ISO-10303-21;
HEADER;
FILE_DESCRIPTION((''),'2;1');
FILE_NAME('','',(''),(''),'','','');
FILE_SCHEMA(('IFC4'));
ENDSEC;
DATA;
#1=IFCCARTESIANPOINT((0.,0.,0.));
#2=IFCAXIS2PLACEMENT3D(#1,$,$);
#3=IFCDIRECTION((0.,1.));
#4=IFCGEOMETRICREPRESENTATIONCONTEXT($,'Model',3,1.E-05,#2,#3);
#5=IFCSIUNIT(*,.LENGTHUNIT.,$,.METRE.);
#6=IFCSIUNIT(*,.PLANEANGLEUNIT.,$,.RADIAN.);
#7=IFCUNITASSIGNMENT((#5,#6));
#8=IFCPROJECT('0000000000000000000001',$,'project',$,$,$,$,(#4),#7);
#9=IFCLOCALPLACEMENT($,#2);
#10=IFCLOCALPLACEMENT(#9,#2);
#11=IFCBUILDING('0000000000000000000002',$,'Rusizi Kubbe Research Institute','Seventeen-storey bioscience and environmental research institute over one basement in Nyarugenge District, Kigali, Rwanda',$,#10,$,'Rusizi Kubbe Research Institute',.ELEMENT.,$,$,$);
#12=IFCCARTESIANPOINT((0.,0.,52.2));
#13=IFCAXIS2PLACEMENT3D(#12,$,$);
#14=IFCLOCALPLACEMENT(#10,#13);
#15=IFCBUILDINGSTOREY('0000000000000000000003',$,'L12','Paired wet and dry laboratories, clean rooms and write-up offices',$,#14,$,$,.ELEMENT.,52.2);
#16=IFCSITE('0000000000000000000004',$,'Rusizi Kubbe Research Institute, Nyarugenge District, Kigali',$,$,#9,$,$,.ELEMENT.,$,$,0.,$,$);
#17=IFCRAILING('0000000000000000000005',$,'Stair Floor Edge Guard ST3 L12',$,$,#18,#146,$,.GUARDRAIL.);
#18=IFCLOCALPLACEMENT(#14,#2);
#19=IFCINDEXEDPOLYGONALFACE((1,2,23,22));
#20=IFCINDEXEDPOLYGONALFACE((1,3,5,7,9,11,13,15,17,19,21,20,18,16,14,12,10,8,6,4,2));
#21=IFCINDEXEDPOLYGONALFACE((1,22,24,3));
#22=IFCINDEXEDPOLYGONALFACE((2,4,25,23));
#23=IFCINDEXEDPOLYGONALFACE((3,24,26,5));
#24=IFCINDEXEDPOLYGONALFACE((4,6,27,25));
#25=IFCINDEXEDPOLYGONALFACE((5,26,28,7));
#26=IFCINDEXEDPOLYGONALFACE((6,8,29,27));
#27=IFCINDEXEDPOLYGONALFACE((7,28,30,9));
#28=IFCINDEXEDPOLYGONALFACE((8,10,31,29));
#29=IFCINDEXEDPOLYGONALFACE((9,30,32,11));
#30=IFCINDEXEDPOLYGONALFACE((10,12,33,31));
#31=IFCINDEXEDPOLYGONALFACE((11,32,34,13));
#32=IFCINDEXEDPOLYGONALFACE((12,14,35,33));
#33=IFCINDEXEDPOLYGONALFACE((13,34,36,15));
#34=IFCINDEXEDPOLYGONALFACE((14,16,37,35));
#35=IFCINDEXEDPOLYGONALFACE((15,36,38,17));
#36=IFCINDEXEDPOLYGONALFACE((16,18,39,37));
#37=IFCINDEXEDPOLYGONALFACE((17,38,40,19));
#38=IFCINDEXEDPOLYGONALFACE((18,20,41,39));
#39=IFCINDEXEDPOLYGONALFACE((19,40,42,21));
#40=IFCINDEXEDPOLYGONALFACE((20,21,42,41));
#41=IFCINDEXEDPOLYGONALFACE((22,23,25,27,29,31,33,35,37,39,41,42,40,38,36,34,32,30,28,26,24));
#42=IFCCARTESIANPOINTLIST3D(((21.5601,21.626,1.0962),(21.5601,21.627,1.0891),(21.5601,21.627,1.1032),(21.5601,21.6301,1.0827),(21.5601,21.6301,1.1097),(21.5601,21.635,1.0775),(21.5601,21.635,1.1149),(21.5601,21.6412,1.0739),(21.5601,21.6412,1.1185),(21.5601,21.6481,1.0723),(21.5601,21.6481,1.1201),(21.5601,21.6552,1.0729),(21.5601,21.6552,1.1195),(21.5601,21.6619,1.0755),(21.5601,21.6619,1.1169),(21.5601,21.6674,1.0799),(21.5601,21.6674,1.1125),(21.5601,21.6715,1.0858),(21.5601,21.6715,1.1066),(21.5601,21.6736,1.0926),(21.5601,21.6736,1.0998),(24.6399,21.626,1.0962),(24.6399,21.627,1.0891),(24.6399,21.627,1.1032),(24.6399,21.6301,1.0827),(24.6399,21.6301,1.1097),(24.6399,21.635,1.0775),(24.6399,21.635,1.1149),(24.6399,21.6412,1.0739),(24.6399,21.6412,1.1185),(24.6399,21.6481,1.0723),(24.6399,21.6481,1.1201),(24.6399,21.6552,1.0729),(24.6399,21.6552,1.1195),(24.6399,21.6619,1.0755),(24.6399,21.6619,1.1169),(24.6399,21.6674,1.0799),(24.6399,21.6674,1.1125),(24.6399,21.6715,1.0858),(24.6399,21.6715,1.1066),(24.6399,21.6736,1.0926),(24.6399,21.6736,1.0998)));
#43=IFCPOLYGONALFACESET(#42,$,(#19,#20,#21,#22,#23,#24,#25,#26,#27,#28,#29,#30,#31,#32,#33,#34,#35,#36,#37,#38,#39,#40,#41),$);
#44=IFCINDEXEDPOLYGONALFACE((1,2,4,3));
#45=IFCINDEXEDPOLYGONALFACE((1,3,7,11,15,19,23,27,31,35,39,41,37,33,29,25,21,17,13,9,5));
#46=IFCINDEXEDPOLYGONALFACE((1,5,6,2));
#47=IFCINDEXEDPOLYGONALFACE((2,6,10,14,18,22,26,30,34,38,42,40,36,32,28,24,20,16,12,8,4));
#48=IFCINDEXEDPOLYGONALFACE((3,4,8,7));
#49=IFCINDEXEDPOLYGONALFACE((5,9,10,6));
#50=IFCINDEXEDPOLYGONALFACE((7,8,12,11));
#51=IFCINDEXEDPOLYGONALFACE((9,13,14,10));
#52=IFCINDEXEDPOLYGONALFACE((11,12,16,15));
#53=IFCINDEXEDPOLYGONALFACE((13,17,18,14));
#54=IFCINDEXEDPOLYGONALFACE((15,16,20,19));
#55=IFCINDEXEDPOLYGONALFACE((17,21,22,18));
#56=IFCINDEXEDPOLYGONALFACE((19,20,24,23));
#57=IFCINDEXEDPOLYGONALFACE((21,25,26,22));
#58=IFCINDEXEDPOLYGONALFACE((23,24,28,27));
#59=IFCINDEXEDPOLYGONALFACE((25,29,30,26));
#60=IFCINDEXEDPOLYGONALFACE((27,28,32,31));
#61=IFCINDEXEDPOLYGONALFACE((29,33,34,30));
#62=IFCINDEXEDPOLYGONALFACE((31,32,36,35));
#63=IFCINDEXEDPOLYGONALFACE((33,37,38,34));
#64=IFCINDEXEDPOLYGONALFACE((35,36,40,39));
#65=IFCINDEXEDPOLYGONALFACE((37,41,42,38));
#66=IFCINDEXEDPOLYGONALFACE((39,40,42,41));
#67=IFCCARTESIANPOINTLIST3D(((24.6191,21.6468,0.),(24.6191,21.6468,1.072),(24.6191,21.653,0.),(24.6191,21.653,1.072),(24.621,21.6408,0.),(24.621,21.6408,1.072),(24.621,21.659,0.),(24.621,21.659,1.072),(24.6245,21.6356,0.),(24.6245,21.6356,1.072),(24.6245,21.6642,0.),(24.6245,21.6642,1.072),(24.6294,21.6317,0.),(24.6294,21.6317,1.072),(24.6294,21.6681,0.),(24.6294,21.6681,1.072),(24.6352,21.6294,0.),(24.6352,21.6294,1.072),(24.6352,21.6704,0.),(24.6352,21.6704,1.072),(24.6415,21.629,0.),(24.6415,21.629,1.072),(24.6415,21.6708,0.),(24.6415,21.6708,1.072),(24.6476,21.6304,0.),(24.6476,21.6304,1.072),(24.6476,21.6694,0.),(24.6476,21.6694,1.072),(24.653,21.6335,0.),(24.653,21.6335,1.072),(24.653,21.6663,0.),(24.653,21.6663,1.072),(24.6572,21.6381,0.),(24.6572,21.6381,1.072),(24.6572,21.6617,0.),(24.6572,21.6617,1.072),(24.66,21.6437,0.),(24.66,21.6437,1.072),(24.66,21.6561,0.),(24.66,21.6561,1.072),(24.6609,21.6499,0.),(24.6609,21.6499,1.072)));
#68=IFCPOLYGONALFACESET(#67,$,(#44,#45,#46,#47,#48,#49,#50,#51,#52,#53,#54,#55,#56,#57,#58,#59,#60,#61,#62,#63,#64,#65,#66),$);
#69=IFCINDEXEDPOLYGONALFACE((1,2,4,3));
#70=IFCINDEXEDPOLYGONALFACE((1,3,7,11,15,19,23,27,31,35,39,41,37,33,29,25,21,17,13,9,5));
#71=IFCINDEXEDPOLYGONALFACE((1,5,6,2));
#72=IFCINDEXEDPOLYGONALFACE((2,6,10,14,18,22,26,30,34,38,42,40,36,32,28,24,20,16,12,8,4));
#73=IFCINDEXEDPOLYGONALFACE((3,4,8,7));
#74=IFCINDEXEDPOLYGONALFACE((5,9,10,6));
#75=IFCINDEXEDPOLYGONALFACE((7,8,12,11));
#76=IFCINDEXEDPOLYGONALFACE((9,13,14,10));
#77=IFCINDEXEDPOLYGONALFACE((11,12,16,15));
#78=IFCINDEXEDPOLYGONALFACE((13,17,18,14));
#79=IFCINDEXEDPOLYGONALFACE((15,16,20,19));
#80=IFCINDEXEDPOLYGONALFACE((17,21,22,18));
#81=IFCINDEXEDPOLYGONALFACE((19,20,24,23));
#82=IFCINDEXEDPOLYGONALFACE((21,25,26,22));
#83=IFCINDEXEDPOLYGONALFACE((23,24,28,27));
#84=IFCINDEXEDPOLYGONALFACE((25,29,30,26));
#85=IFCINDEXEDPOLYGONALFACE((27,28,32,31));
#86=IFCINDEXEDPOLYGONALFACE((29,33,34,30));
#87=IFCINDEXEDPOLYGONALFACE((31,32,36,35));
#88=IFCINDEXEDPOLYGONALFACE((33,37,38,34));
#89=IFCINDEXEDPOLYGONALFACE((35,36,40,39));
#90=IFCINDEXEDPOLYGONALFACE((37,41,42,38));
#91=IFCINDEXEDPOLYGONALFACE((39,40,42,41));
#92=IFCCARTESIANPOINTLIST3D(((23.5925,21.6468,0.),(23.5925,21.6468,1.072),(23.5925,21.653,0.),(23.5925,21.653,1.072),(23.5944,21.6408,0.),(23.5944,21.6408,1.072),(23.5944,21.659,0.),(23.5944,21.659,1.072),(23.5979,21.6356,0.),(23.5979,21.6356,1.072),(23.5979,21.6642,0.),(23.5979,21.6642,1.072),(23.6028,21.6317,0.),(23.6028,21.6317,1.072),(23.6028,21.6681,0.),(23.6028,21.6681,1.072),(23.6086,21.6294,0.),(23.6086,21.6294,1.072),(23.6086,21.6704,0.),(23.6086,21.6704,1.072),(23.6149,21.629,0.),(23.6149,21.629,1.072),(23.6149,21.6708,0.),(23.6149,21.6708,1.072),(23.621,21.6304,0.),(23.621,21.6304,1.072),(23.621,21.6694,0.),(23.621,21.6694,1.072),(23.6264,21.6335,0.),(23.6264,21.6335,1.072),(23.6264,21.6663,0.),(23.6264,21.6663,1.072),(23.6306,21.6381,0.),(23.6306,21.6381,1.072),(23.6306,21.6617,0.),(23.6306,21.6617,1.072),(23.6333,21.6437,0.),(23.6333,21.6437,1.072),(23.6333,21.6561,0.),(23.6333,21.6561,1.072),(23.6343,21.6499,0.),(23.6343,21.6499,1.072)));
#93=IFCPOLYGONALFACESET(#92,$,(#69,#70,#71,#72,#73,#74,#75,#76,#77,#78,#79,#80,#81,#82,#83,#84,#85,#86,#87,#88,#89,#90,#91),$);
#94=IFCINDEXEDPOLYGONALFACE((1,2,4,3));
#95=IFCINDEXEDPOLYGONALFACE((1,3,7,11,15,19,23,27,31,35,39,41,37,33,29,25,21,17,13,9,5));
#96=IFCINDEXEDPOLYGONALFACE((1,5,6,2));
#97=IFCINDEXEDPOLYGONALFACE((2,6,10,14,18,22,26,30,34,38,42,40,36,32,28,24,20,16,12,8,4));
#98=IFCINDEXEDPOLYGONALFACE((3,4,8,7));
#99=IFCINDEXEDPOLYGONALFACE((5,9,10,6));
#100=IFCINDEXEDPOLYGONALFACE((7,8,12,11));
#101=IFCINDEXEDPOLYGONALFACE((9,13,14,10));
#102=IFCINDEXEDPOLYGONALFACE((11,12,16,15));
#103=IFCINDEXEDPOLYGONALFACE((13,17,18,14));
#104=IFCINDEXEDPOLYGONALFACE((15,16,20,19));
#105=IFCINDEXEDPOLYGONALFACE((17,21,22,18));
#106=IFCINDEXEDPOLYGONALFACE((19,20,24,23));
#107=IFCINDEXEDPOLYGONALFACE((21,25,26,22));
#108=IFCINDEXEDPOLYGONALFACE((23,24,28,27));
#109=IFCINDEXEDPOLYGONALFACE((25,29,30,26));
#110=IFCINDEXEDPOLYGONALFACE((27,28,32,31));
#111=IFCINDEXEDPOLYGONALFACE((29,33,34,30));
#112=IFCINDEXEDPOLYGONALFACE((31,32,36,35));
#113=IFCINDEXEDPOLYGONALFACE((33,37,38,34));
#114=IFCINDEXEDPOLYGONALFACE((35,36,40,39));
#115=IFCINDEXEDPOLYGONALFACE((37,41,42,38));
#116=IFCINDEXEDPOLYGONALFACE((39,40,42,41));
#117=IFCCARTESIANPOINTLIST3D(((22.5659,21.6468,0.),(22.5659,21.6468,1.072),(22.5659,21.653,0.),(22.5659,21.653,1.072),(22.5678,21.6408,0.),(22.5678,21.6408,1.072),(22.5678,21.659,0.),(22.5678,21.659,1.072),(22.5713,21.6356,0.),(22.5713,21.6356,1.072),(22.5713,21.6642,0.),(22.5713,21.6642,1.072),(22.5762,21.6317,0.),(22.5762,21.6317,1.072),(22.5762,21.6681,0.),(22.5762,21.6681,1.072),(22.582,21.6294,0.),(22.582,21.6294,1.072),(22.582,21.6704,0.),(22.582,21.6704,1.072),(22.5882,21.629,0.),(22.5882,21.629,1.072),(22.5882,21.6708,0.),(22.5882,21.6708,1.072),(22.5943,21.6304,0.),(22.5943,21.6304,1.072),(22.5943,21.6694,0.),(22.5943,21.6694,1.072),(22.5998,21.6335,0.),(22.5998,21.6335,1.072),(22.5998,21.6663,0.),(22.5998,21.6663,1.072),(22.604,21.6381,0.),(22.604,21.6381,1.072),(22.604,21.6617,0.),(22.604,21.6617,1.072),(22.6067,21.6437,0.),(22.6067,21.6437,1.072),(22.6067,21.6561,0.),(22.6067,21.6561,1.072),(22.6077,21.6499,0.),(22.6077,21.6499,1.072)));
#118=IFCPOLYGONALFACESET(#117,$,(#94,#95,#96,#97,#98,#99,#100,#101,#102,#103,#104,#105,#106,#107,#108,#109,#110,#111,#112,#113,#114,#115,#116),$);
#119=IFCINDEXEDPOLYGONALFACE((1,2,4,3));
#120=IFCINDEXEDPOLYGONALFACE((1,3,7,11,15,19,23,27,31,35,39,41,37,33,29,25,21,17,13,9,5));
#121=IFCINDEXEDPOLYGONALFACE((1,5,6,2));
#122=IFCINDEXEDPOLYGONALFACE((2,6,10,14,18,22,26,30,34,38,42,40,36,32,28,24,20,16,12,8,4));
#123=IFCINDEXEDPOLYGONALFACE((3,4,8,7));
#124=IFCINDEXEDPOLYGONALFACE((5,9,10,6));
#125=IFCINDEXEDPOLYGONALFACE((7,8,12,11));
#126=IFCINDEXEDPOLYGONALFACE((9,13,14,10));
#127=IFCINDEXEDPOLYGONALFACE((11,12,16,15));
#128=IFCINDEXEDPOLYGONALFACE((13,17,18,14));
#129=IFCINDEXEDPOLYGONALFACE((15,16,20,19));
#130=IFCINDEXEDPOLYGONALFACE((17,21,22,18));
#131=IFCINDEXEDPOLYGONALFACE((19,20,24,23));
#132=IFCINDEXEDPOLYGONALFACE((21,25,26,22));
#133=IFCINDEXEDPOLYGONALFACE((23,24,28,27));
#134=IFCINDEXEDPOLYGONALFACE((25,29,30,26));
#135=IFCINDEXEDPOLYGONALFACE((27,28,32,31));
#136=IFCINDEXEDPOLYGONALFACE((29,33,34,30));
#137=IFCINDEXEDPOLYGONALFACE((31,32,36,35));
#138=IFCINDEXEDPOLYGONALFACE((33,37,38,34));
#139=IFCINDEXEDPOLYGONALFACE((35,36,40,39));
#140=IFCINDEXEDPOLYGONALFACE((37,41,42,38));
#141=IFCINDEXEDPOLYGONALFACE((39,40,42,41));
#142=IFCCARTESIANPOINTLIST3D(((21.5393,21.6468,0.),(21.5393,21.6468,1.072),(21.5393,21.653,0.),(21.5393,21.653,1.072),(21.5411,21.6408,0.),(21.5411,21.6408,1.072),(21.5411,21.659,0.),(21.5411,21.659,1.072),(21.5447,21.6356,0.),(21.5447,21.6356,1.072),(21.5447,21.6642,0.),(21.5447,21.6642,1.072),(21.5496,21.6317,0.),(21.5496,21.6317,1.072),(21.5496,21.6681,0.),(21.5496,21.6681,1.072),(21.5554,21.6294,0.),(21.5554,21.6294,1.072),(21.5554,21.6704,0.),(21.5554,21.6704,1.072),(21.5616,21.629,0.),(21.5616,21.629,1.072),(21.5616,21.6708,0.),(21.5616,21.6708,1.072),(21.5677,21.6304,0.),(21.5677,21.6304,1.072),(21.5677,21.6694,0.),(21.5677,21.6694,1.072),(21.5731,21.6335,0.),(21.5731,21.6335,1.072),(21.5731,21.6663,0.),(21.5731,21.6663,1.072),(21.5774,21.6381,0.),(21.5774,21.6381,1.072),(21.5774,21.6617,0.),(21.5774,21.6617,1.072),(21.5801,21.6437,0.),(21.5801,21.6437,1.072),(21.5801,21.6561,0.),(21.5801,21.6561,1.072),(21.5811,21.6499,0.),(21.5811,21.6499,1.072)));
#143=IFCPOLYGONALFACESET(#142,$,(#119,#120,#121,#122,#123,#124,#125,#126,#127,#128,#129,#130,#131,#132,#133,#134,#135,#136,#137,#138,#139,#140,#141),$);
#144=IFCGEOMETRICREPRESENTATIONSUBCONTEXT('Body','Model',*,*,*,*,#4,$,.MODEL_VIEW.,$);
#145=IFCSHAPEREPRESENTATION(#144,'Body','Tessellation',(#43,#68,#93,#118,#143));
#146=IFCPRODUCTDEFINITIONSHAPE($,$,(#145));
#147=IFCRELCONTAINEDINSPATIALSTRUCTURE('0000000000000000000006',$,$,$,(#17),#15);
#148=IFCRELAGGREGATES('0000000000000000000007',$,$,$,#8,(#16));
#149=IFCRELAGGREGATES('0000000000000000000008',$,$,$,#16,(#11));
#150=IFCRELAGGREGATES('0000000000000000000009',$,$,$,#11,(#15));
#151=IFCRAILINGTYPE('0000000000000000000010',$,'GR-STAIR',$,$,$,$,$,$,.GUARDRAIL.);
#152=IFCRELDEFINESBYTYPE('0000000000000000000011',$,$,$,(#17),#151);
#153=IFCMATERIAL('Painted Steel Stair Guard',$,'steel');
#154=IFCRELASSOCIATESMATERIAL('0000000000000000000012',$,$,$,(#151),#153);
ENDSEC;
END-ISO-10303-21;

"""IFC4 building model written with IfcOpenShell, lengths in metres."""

from ifc_helpers import new_model, si_unit, direction, frame, origin, origin_2d, place, context, subcontext, project, spatial, circle, extrude, material, type_object, element, save


model = new_model("IFC4")

# Units and contexts
model_context = context("Model", 3, precision=1e-05, world=origin(), true_north=direction((0.0, 1.0)))
body_context = subcontext(model_context, "Body", "Model", "MODEL_VIEW")
ifc_project = project(units=[si_unit("LENGTHUNIT", "METRE"), si_unit("PLANEANGLEUNIT", "RADIAN")], contexts=[model_context])

# Site, building, storey
site_placement = place(None, origin())
site = spatial("IfcSite", under=ifc_project, at=site_placement, Name="Rusizi Kubbe Research Institute, Nyarugenge District, Kigali", CompositionType="ELEMENT", RefElevation=0.0)
building_placement = place(site_placement, origin())
building = spatial("IfcBuilding", under=site, at=building_placement, Name="Rusizi Kubbe Research Institute", Description="Seventeen-storey bioscience and environmental research institute over one basement in Nyarugenge District, Kigali, Rwanda", LongName="Rusizi Kubbe Research Institute", CompositionType="ELEMENT")
storey_placement = place(building_placement, frame((0.0, 0.0, 52.2)))
storey = spatial("IfcBuildingStorey", under=building, at=storey_placement, Name="L12", Description="Paired wet and dry laboratories, clean rooms and write-up offices", CompositionType="ELEMENT", Elevation=52.2)

# Railing
ifc_material_1 = material(Name="Painted Steel Stair Guard", Category="steel")
railing_type_1 = type_object("IfcRailingType", Name="GR-STAIR", PredefinedType="GUARDRAIL", material=ifc_material_1)
railing_1_placement = place(storey_placement, frame((24.6399, 21.6499, 0.0)))
element("IfcRailing", 1, at=railing_1_placement, inside=storey, type_object=railing_type_1, Name="Stair Floor Edge Guard ST3 L12", PredefinedType="GUARDRAIL", context=body_context, shape_type="SweptSolid", body=[
    extrude(circle(Radius=0.0239, at=origin_2d()), frame((0.0, 0.0, 1.0962), z_axis=(-1.0, 0.0, 0.0), x_axis=(0.0, -1.0, 0.0)), (0.0, 0.0, 1.0), 3.0798),
    extrude(circle(Radius=0.021, at=origin_2d()), origin(), (0.0, 0.0, 1.0), 1.072),
    extrude(circle(Radius=0.021, at=origin_2d()), frame((-1.0266, 0.0, 0.0)), (0.0, 0.0, 1.0), 1.072),
    extrude(circle(Radius=0.021, at=origin_2d()), frame((-2.0532, 0.0, 0.0)), (0.0, 0.0, 1.0), 1.072),
    extrude(circle(Radius=0.021, at=origin_2d()), frame((-3.0798, 0.0, 0.0)), (0.0, 0.0, 1.0), 1.072),
])

save(model, "model.ifc")
